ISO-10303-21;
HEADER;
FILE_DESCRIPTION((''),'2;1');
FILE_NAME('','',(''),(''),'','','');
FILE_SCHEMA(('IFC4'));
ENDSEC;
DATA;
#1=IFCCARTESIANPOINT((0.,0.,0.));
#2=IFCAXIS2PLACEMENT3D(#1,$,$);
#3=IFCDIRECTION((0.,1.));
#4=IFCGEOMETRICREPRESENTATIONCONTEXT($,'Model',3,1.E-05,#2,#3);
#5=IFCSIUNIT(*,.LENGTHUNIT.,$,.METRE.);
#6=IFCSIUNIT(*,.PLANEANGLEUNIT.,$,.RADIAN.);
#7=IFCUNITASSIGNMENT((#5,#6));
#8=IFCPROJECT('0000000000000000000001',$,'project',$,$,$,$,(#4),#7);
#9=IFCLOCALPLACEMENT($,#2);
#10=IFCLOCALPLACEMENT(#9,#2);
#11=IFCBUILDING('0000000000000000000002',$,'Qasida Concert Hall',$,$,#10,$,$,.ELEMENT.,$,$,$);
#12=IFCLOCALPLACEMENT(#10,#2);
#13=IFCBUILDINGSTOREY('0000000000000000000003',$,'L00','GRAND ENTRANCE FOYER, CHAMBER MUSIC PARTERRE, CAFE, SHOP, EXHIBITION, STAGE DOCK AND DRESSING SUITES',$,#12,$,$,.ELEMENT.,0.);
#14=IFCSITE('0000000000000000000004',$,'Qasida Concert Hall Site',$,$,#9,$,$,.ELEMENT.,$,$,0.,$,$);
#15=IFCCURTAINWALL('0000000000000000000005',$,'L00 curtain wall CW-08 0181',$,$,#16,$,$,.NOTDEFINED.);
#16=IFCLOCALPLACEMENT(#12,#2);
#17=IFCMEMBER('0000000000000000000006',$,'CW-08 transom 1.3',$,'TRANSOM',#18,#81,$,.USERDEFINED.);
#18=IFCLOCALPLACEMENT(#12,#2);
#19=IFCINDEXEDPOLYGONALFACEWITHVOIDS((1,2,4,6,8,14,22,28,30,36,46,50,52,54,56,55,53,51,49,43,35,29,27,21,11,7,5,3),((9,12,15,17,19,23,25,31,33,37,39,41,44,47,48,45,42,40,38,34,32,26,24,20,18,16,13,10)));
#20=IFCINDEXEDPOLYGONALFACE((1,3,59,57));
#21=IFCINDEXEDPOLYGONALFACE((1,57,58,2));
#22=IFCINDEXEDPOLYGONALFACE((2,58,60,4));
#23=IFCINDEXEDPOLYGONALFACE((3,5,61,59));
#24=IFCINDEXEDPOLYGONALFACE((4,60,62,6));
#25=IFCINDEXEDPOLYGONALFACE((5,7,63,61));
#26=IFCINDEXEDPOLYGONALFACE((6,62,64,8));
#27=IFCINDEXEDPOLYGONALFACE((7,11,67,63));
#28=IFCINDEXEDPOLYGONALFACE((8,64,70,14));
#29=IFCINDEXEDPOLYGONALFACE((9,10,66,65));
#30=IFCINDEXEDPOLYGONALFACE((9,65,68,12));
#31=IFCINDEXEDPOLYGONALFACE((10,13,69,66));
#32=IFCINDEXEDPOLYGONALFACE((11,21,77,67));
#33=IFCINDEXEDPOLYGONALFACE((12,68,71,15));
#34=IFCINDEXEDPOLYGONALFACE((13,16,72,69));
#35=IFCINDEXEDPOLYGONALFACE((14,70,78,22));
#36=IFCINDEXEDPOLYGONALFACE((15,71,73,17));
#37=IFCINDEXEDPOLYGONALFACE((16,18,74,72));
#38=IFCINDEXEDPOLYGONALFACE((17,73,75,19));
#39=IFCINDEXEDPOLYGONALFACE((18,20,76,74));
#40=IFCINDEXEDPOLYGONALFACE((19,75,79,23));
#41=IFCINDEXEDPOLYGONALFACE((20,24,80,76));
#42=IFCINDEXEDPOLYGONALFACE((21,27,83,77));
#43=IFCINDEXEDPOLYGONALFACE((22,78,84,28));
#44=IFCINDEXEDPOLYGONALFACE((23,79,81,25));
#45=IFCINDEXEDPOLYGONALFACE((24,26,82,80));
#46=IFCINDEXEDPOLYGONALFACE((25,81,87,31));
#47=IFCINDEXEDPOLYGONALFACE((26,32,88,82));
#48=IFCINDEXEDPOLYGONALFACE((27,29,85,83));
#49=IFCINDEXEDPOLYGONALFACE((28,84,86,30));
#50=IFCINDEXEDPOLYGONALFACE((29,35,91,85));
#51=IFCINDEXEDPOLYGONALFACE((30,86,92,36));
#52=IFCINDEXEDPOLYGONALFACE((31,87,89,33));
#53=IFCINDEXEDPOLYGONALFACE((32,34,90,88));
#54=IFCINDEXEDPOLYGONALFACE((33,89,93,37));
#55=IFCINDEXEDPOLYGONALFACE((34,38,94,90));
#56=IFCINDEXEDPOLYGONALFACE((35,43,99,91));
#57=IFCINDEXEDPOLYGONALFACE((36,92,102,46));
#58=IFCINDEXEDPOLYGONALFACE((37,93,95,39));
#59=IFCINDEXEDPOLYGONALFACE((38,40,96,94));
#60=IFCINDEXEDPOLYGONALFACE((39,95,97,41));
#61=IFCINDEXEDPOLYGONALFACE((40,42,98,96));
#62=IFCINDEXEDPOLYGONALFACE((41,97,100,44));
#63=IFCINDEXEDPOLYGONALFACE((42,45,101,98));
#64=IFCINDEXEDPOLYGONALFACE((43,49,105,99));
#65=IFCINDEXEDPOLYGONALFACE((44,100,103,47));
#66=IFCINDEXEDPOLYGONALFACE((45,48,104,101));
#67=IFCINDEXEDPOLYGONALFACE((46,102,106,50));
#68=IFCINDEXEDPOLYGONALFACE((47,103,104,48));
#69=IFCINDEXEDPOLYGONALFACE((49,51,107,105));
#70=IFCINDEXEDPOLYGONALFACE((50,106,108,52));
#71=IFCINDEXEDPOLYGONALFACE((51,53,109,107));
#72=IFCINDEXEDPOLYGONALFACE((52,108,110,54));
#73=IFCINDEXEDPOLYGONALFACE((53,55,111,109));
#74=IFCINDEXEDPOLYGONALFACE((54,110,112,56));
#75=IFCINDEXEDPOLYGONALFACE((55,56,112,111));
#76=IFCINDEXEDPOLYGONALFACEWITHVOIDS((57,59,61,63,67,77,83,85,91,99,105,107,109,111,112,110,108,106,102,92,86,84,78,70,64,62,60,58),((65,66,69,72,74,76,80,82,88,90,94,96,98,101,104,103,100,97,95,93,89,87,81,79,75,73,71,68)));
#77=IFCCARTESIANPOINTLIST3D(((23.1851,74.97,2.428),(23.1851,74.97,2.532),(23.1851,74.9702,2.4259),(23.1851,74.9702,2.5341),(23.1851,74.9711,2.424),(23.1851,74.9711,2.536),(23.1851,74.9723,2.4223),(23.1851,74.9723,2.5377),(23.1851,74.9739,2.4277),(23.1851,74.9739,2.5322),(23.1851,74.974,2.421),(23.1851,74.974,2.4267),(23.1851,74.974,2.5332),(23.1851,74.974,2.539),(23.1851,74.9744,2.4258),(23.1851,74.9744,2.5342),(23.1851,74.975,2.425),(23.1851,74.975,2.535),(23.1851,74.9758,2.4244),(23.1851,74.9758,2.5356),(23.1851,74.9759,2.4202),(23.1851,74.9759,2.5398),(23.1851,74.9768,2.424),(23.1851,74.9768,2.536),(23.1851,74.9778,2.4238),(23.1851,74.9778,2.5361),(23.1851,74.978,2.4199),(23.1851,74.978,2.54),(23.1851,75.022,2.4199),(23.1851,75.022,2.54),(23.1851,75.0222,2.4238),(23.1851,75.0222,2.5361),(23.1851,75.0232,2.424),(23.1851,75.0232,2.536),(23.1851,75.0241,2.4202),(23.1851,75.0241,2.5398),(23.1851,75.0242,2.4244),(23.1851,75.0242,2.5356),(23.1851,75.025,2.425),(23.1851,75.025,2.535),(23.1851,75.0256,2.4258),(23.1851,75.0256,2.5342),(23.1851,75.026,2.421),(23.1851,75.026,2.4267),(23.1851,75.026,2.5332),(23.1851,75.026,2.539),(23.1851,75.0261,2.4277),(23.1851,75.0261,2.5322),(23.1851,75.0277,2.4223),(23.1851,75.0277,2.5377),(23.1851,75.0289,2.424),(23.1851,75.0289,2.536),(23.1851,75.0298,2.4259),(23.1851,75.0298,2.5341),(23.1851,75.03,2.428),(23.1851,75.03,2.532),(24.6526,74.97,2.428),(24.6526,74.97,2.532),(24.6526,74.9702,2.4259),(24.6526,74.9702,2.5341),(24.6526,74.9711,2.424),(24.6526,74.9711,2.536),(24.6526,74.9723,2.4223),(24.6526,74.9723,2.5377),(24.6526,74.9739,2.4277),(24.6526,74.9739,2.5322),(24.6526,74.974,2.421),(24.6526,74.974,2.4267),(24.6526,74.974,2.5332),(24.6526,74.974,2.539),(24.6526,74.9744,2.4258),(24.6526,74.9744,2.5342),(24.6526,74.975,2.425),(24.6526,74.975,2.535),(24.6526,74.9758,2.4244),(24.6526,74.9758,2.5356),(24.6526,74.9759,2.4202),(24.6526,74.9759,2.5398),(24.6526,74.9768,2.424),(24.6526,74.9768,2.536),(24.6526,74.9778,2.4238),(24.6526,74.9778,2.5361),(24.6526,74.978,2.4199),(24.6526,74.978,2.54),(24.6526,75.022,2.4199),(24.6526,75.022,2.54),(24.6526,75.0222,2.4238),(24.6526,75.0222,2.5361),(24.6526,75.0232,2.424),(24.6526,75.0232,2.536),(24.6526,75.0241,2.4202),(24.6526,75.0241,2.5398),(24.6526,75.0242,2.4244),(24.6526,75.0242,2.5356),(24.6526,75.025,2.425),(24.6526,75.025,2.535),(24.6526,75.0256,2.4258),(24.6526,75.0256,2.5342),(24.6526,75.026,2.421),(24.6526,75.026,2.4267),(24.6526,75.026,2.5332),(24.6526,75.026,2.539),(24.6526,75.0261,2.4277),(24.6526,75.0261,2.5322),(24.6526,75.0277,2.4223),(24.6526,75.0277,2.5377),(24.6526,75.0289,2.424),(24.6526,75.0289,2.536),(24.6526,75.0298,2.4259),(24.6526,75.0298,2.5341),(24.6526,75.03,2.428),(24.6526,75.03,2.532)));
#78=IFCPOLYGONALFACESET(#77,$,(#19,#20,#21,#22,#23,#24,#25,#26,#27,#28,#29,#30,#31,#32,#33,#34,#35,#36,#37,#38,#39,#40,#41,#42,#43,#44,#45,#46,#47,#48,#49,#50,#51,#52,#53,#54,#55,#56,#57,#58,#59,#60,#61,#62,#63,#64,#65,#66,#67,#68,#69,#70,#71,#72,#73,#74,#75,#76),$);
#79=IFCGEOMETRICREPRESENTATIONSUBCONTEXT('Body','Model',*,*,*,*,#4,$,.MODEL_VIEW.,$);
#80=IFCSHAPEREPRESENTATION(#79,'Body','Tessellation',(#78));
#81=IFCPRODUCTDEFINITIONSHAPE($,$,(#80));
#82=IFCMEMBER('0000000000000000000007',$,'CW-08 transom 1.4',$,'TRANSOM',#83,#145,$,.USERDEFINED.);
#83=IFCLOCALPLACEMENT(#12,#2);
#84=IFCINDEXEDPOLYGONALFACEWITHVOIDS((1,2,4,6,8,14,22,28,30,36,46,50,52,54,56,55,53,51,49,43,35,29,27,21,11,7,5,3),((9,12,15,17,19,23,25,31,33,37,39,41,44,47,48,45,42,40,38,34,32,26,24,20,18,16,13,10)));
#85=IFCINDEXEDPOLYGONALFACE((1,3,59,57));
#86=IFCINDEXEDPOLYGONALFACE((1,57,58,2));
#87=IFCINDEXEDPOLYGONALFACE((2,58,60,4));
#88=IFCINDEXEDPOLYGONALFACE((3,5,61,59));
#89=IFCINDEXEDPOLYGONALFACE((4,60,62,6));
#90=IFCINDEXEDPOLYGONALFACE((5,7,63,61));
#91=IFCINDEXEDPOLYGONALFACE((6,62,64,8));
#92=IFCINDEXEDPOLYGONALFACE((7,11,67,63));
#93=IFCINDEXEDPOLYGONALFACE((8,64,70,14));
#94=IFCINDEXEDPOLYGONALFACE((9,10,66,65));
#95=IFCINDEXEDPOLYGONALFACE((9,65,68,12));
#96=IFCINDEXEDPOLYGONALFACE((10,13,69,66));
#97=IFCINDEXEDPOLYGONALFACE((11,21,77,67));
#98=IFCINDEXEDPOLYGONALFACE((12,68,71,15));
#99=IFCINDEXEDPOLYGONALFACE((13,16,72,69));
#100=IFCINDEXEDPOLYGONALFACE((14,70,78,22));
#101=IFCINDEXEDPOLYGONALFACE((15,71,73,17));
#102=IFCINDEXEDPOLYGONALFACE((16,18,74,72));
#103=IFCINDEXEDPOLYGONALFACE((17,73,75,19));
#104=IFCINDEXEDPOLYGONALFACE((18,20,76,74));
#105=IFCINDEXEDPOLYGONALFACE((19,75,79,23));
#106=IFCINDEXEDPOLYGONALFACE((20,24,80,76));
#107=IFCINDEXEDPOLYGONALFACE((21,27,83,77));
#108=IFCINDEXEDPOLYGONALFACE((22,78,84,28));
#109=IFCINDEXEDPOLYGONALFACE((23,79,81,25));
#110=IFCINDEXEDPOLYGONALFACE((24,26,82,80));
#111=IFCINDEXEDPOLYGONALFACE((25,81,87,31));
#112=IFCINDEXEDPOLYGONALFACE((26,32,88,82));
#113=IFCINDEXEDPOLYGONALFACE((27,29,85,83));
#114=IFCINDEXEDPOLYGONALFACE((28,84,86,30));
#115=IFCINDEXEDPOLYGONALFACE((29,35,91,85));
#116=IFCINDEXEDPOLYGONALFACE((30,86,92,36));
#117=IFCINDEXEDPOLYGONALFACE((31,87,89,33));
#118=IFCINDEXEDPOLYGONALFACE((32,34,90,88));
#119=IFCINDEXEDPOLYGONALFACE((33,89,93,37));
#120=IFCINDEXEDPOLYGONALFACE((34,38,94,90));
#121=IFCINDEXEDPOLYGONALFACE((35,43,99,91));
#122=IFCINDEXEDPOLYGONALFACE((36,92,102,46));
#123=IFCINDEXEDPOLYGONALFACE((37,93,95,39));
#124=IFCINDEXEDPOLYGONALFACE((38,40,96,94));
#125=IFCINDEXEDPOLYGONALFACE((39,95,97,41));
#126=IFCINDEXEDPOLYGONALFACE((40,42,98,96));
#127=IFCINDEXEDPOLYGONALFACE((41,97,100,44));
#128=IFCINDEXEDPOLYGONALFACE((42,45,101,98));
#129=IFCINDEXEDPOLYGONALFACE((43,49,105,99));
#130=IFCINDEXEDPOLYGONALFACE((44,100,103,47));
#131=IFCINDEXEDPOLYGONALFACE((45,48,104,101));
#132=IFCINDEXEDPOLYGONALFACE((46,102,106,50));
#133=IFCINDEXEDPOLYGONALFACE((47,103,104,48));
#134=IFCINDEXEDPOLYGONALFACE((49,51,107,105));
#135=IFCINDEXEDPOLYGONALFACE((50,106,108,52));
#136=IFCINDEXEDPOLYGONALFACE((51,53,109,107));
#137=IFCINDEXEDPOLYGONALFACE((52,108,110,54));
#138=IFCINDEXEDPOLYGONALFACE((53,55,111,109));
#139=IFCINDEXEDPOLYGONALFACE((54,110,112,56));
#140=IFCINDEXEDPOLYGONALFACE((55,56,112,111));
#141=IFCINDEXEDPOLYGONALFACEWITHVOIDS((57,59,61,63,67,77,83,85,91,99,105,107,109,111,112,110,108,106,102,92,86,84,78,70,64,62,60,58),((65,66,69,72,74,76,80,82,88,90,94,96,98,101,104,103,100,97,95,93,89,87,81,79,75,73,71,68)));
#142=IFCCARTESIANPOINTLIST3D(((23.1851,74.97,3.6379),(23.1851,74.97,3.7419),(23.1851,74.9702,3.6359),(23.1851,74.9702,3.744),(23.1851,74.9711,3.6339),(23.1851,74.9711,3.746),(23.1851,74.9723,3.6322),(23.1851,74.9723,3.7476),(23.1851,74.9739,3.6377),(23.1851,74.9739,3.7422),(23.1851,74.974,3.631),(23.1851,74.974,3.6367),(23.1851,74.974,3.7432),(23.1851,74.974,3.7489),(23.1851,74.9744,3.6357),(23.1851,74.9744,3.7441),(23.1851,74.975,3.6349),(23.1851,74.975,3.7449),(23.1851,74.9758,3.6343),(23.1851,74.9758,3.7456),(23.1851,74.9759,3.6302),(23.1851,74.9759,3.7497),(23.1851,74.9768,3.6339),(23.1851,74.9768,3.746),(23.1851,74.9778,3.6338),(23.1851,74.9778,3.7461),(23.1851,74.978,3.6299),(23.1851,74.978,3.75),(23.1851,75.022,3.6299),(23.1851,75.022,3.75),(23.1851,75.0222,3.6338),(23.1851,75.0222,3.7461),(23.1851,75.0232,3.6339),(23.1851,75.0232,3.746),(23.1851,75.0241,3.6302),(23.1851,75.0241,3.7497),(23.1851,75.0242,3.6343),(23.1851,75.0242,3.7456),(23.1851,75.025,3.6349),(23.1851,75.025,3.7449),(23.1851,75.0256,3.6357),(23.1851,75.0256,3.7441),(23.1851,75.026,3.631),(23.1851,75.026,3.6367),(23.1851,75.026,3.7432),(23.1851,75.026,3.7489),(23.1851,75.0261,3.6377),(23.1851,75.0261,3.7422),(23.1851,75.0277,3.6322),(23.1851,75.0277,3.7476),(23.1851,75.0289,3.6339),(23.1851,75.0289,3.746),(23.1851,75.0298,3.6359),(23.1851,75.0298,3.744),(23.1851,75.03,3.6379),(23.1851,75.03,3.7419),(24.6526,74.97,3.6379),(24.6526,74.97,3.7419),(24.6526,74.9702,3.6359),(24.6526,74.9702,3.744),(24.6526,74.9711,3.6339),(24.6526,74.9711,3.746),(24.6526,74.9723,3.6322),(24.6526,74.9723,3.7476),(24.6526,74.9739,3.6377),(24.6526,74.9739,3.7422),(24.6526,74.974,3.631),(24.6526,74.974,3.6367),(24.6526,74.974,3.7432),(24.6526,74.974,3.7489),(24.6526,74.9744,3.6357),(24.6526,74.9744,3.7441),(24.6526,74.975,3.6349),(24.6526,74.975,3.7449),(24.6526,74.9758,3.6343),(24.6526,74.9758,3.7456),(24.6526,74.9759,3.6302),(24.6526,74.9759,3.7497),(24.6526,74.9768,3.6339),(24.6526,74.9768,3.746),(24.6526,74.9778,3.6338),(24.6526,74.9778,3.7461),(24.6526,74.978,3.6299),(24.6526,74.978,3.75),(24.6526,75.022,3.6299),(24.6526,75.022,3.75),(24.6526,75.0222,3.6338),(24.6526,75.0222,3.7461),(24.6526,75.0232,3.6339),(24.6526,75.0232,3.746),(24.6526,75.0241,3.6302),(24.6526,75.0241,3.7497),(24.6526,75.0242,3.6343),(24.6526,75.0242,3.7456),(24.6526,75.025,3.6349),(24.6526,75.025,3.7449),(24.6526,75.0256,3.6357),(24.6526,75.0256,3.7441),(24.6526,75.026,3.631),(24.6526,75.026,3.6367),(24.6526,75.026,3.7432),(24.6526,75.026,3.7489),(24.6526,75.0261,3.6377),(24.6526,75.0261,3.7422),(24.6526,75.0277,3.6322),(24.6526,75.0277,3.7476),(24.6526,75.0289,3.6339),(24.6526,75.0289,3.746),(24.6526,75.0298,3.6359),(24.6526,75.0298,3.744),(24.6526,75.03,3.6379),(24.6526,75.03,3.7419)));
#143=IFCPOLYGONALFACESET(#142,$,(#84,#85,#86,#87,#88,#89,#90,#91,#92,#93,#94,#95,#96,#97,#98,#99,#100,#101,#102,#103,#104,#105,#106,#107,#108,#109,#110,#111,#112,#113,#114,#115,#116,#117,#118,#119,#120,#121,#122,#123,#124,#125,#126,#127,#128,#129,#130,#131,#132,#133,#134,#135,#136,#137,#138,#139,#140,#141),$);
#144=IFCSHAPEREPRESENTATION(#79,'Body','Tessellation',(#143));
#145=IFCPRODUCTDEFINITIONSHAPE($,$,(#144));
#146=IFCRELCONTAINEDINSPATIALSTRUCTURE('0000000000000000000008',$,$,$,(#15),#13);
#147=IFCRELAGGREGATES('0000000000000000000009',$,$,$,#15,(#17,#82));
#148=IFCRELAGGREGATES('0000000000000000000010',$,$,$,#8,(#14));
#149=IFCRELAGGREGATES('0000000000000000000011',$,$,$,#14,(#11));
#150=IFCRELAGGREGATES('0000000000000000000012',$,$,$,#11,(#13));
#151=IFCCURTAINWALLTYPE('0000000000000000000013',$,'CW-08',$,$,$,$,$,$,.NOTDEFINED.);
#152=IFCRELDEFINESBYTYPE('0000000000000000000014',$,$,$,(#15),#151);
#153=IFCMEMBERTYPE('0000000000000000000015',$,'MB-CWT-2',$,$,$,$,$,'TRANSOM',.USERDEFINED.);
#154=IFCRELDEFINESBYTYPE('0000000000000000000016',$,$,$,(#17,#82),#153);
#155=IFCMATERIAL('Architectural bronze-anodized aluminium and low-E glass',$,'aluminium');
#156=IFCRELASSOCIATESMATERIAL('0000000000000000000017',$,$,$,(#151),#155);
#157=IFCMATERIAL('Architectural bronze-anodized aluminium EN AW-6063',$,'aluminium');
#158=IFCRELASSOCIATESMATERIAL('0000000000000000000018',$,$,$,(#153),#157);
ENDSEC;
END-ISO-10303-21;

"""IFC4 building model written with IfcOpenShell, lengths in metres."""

from ifc_helpers import new_model, si_unit, direction, frame, origin, origin_2d, place, context, subcontext, project, spatial, hollow_rectangle, extrude, material, material_profile, profile_set, type_object, element, aggregate, save


model = new_model("IFC4")

# Units and contexts
model_context = context("Model", 3, precision=1e-05, world=origin(), true_north=direction((0.0, 1.0)))
body_context = subcontext(model_context, "Body", "Model", "MODEL_VIEW")
ifc_project = project(units=[si_unit("LENGTHUNIT", "METRE"), si_unit("PLANEANGLEUNIT", "RADIAN")], contexts=[model_context])

# Site, building, storey
site_placement = place(None, origin())
site = spatial("IfcSite", under=ifc_project, at=site_placement, Name="Qasida Concert Hall Site", CompositionType="ELEMENT", RefElevation=0.0)
building_placement = place(site_placement, origin())
building = spatial("IfcBuilding", under=site, at=building_placement, Name="Qasida Concert Hall", CompositionType="ELEMENT")
storey_placement = place(building_placement, origin())
storey = spatial("IfcBuildingStorey", under=building, at=storey_placement, Name="L00", Description="GRAND ENTRANCE FOYER, CHAMBER MUSIC PARTERRE, CAFE, SHOP, EXHIBITION, STAGE DOCK AND DRESSING SUITES", CompositionType="ELEMENT", Elevation=0.0)

# Shared definitions
ifc_material_1 = material(Name="Architectural bronze-anodized aluminium and low-E glass", Category="aluminium")
curtain_wall_type = type_object("IfcCurtainWallType", Name="CW-08", PredefinedType="NOTDEFINED", material=ifc_material_1)
ifc_material_2 = material(Name="Architectural bronze-anodized aluminium EN AW-6063", Category="aluminium")

# Curtain wall, members
curtain_wall_1_placement = place(storey_placement, origin())
curtain_wall_1 = element("IfcCurtainWall", 1, at=curtain_wall_1_placement, inside=storey, type_object=curtain_wall_type, Name="L00 curtain wall CW-08 0181", PredefinedType="NOTDEFINED")
ifc_material_profile_1 = material_profile(ifc_material_2, hollow_rectangle(XDim=0.0601, YDim=0.1201, WallThickness=0.0039, InnerFilletRadius=0.0039, OuterFilletRadius=0.0081, at=origin_2d()), Name="CWT 120x60x4")
ifc_profile_set_1 = profile_set([ifc_material_profile_1], Name="Architectural bronze-anodized aluminium EN AW-6063")
member_type_1 = type_object("IfcMemberType", Name="MB-CWT-2", ElementType="TRANSOM", PredefinedType="USERDEFINED", material=ifc_profile_set_1)
member_1_placement = place(storey_placement, frame((23.1851, 75.0, 2.48), z_axis=(1.0, 0.0, 0.0), x_axis=(0.0, 1.0, 0.0)))
member_1 = element("IfcMember", 2, at=member_1_placement, type_object=member_type_1, Name="CW-08 transom 1.3", ObjectType="TRANSOM", PredefinedType="USERDEFINED", context=body_context, shape_type="SweptSolid", body=[
    extrude(hollow_rectangle(XDim=0.0601, YDim=0.1201, WallThickness=0.0039, InnerFilletRadius=0.0039, OuterFilletRadius=0.0081, at=origin_2d()), origin(), (0.0, 0.0, 1.0), 1.4675),
])
member_2_placement = place(storey_placement, frame((23.1851, 75.0, 3.6899), z_axis=(1.0, 0.0, 0.0), x_axis=(0.0, 1.0, 0.0)))
member_2 = element("IfcMember", 3, at=member_2_placement, type_object=member_type_1, Name="CW-08 transom 1.4", ObjectType="TRANSOM", PredefinedType="USERDEFINED", context=body_context, shape_type="SweptSolid", body=[
    extrude(hollow_rectangle(XDim=0.0601, YDim=0.1201, WallThickness=0.0039, InnerFilletRadius=0.0039, OuterFilletRadius=0.0081, at=origin_2d()), origin(), (0.0, 0.0, 1.0), 1.4675),
])

aggregate(curtain_wall_1, [member_1, member_2])

save(model, "model.ifc")
